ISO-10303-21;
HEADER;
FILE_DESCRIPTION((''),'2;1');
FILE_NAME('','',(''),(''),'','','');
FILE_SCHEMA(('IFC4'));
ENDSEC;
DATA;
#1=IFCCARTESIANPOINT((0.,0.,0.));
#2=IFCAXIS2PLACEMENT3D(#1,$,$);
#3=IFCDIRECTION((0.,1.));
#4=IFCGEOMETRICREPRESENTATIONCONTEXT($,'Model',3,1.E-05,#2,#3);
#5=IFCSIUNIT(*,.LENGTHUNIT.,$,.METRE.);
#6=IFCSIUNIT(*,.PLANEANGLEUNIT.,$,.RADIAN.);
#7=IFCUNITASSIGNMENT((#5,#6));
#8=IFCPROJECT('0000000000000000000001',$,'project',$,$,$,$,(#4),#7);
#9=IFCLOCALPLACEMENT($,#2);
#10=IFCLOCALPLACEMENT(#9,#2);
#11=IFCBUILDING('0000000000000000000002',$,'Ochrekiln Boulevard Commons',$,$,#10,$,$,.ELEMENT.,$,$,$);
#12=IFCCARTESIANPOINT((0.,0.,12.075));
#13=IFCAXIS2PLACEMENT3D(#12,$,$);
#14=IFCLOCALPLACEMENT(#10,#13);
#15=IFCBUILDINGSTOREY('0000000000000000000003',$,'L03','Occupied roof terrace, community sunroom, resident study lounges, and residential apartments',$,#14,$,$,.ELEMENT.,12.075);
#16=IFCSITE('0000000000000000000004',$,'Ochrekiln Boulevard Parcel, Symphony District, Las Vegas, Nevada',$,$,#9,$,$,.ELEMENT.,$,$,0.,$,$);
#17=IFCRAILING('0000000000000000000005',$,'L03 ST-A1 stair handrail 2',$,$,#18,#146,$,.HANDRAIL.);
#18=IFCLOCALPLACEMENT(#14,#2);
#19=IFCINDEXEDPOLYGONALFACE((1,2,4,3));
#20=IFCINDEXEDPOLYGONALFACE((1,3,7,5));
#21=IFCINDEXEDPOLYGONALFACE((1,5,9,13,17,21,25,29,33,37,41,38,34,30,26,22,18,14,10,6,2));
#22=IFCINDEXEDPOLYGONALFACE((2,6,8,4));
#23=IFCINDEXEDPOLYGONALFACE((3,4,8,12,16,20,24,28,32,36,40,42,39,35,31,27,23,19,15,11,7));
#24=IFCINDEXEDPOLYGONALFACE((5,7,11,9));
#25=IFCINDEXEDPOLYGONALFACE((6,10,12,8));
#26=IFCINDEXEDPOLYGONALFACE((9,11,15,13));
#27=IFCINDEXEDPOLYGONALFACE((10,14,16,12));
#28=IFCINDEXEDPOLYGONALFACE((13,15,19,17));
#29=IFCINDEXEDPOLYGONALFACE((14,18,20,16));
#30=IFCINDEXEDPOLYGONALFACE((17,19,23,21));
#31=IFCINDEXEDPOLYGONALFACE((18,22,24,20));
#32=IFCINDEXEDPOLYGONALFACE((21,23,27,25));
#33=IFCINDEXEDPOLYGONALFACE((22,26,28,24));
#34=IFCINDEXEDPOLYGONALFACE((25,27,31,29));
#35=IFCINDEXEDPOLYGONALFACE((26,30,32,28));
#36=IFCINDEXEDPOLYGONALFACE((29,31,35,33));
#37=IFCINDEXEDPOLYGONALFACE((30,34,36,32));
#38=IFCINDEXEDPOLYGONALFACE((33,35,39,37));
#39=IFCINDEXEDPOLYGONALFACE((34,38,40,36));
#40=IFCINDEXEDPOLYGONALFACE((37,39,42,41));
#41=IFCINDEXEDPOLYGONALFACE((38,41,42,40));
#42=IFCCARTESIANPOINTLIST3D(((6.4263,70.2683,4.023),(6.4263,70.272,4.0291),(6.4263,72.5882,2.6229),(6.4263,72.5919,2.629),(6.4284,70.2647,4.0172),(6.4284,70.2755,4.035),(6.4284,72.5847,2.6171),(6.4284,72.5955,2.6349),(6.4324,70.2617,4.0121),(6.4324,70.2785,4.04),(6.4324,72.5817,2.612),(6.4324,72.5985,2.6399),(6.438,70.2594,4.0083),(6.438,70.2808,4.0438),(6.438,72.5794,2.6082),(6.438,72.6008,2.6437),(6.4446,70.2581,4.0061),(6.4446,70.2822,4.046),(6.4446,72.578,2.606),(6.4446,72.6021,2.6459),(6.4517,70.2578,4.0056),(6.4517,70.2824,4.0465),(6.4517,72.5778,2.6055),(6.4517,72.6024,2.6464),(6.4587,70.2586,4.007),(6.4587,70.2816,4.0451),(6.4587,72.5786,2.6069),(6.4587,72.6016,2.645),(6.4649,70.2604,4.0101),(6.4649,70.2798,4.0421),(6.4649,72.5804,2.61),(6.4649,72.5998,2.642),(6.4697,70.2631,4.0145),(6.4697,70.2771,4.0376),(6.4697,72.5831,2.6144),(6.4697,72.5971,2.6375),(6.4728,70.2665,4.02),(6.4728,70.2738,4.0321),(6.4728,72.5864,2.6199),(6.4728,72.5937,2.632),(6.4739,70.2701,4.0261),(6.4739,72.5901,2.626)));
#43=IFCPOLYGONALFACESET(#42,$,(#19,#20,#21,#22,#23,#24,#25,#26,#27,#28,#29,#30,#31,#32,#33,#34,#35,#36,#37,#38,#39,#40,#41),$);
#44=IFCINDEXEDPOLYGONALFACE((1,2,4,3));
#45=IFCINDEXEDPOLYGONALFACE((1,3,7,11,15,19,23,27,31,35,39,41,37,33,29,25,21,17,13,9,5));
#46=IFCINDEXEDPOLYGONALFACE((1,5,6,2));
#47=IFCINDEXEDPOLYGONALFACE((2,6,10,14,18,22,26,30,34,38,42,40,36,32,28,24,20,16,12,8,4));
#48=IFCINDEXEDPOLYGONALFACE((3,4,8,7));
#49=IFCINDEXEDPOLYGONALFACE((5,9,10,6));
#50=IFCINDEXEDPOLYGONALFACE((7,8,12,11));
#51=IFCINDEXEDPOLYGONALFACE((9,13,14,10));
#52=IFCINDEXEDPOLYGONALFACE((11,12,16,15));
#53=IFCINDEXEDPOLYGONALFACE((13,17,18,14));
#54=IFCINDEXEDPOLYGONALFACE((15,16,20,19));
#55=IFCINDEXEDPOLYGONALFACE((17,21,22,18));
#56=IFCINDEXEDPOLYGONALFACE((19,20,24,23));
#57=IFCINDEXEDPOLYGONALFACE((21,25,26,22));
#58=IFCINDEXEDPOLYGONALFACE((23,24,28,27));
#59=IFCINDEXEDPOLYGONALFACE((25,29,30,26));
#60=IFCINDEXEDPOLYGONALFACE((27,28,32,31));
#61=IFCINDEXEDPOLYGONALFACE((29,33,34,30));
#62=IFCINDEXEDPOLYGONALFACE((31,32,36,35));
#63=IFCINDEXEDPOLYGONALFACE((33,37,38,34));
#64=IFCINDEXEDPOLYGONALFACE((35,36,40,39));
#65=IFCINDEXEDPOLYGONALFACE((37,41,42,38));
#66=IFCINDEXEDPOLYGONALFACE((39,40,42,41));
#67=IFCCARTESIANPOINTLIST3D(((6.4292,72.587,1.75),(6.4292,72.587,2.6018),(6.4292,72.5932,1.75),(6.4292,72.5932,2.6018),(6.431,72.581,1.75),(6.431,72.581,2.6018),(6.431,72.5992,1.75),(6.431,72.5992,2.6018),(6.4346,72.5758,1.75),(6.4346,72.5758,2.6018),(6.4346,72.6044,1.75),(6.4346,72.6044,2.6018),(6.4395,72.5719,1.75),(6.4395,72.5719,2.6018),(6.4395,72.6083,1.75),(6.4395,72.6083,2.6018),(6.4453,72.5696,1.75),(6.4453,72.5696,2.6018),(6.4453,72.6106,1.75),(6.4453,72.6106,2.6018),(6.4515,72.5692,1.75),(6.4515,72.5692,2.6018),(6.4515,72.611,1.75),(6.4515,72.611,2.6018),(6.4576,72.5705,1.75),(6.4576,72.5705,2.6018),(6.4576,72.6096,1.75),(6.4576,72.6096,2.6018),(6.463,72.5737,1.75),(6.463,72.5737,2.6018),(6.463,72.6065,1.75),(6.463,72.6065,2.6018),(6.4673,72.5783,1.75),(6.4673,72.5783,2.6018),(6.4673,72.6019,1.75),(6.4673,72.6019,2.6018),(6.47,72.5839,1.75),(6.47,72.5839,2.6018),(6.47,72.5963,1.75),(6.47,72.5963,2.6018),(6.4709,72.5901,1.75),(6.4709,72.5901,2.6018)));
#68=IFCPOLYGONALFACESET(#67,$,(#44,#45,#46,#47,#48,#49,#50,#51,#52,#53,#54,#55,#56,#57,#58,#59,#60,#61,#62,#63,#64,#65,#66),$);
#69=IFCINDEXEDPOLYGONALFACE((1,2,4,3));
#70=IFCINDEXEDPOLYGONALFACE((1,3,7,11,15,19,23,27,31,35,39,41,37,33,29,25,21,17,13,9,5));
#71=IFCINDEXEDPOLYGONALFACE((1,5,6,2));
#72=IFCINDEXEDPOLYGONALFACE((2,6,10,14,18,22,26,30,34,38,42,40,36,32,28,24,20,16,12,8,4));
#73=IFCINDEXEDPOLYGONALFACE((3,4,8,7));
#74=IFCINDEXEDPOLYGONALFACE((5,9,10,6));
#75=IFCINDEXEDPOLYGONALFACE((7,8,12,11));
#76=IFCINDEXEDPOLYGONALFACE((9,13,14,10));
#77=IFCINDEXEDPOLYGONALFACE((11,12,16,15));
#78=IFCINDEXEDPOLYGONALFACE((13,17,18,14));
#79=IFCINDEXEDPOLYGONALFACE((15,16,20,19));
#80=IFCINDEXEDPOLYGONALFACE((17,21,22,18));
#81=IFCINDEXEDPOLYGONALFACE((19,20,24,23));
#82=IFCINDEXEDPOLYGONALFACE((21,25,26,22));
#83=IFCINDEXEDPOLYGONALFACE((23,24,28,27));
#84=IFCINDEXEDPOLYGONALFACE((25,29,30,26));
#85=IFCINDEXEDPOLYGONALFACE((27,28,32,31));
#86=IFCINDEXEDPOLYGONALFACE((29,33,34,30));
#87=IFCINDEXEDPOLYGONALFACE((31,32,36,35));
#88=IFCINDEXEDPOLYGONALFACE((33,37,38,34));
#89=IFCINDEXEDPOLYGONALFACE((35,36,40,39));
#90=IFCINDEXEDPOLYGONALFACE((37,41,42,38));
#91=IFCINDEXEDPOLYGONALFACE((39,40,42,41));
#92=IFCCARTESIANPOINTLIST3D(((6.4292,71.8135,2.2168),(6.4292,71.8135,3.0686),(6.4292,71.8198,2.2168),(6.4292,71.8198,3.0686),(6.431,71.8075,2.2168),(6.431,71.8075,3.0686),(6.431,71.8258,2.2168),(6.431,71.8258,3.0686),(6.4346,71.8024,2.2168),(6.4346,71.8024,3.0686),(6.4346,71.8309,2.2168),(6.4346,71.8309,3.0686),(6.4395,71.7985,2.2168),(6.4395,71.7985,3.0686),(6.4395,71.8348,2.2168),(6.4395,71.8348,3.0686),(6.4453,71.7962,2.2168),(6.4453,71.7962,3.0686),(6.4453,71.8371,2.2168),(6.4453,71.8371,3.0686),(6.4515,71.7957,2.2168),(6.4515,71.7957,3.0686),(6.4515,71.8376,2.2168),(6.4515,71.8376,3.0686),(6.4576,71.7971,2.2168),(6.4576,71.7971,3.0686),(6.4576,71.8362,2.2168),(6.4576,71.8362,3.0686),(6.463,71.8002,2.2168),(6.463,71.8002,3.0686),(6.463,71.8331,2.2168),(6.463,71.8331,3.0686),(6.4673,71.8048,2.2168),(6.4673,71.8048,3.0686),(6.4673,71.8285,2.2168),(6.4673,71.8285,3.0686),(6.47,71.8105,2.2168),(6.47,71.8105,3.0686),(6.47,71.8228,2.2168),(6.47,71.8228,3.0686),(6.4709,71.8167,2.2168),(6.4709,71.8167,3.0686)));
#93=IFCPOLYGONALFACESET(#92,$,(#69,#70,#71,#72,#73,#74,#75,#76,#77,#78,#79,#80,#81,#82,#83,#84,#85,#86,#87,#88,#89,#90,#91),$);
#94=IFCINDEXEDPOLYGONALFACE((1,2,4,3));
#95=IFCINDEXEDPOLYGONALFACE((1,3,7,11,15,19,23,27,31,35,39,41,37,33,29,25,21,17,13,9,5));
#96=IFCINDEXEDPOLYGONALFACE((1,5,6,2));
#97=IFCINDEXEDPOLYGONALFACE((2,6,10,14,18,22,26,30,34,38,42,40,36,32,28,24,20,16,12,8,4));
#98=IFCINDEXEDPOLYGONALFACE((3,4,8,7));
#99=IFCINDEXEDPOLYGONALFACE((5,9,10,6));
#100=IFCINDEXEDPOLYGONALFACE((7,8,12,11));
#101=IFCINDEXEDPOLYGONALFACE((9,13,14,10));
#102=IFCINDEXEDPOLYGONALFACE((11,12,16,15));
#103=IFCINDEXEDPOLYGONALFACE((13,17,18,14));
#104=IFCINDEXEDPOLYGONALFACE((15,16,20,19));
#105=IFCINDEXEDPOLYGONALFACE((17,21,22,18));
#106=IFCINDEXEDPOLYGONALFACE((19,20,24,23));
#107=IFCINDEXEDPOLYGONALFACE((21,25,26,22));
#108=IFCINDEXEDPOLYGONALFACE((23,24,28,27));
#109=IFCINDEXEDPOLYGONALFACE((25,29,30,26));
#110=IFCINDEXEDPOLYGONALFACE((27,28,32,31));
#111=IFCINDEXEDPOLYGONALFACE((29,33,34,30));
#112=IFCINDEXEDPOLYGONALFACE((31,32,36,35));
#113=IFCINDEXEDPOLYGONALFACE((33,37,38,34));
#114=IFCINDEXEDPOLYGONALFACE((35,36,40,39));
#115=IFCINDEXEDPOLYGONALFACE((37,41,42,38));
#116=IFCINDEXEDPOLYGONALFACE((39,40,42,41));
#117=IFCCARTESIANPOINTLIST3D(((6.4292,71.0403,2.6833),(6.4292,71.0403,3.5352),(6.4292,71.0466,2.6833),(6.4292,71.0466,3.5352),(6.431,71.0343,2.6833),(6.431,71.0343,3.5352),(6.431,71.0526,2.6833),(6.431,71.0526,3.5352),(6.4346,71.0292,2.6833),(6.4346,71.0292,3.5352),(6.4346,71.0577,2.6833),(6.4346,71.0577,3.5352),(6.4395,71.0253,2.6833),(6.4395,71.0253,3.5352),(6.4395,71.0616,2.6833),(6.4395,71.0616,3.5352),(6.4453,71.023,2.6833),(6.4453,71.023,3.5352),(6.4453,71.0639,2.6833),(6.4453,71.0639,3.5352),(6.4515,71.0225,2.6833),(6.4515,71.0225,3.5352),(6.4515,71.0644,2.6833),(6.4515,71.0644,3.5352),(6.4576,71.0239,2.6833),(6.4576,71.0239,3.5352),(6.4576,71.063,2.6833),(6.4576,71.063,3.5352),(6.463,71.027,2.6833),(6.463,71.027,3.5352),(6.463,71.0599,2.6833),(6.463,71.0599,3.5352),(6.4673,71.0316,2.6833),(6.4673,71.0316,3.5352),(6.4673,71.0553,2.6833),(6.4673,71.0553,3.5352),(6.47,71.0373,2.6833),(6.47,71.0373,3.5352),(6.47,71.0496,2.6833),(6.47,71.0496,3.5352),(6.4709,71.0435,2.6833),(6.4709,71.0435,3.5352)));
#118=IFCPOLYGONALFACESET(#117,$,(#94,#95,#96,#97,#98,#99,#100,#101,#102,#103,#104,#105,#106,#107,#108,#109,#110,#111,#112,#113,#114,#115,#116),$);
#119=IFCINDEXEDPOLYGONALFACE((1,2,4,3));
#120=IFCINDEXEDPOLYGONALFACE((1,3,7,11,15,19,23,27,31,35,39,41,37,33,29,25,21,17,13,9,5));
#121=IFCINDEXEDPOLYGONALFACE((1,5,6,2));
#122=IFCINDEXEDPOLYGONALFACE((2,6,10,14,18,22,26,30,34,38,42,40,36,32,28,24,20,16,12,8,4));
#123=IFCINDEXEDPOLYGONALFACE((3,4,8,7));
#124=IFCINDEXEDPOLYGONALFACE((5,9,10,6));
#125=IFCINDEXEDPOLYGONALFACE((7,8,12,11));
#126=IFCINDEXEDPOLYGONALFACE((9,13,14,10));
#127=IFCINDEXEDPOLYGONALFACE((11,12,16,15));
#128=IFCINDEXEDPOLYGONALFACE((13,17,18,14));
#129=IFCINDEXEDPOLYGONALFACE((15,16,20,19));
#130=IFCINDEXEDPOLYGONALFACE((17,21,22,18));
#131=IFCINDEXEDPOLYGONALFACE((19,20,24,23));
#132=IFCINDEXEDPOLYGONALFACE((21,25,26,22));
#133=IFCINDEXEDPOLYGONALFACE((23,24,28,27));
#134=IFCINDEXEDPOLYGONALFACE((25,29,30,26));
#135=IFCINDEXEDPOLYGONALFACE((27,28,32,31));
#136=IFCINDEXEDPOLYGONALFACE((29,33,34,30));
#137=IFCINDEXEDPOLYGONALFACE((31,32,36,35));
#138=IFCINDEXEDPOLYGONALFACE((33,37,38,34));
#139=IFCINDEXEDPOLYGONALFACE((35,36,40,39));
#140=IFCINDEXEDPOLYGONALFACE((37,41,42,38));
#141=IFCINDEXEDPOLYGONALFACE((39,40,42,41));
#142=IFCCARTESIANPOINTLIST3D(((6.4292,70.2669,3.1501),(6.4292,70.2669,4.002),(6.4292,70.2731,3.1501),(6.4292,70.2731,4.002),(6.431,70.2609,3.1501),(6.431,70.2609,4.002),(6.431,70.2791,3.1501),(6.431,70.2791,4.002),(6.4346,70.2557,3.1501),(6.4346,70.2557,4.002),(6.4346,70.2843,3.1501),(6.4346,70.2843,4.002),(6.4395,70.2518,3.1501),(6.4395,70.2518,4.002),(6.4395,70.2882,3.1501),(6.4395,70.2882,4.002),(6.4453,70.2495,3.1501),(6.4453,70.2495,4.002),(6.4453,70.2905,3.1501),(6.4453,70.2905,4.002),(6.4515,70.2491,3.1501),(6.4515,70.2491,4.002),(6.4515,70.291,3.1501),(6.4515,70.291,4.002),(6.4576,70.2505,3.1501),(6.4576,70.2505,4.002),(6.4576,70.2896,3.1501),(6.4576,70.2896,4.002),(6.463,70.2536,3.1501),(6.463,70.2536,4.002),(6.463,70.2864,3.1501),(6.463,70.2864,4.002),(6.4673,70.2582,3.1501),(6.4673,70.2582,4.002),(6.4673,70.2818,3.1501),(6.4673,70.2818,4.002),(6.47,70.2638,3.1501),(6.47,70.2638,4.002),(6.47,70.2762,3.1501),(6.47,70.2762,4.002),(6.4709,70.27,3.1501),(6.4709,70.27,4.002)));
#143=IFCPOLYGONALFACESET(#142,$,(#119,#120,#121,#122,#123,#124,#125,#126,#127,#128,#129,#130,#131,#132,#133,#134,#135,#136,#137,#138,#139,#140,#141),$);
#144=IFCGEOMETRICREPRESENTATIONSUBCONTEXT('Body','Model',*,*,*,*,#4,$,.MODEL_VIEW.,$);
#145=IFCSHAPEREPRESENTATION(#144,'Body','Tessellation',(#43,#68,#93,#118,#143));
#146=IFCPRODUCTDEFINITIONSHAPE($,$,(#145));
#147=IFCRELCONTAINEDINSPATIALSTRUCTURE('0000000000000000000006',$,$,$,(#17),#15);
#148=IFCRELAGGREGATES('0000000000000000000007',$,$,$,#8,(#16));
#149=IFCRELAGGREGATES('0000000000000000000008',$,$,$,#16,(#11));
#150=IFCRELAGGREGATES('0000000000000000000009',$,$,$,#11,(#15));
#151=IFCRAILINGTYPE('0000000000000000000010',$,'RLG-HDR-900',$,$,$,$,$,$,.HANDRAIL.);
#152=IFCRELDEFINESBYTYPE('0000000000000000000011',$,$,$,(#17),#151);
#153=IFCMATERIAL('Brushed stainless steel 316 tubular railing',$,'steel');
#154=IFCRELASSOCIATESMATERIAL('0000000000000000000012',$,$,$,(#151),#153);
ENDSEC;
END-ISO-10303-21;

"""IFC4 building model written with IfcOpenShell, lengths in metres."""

from ifc_helpers import new_model, si_unit, direction, frame, origin, origin_2d, place, context, subcontext, project, spatial, circle, extrude, material, type_object, element, save


model = new_model("IFC4")

# Units and contexts
model_context = context("Model", 3, precision=1e-05, world=origin(), true_north=direction((0.0, 1.0)))
body_context = subcontext(model_context, "Body", "Model", "MODEL_VIEW")
ifc_project = project(units=[si_unit("LENGTHUNIT", "METRE"), si_unit("PLANEANGLEUNIT", "RADIAN")], contexts=[model_context])

# Site, building, storey
site_placement = place(None, origin())
site = spatial("IfcSite", under=ifc_project, at=site_placement, Name="Ochrekiln Boulevard Parcel, Symphony District, Las Vegas, Nevada", CompositionType="ELEMENT", RefElevation=0.0)
building_placement = place(site_placement, origin())
building = spatial("IfcBuilding", under=site, at=building_placement, Name="Ochrekiln Boulevard Commons", CompositionType="ELEMENT")
storey_placement = place(building_placement, frame((0.0, 0.0, 12.075)))
storey = spatial("IfcBuildingStorey", under=building, at=storey_placement, Name="L03", Description="Occupied roof terrace, community sunroom, resident study lounges, and residential apartments", CompositionType="ELEMENT", Elevation=12.075)

# Railing
ifc_material_1 = material(Name="Brushed stainless steel 316 tubular railing", Category="steel")
railing_type_1 = type_object("IfcRailingType", Name="RLG-HDR-900", PredefinedType="HANDRAIL", material=ifc_material_1)
railing_1_placement = place(storey_placement, frame((6.45, 72.5901, 1.75)))
element("IfcRailing", 1, at=railing_1_placement, inside=storey, type_object=railing_type_1, Name="L03 ST-A1 stair handrail 2", PredefinedType="HANDRAIL", context=body_context, shape_type="SweptSolid", body=[
    extrude(circle(Radius=0.0239, at=origin_2d()), frame((0.0, 0.0, 0.876), z_axis=(0.0, -0.85617, 0.516693), x_axis=(1.0, 0.0, 0.0)), (0.0, 0.0, 1.0), 2.7097),
    extrude(circle(Radius=0.021, at=origin_2d()), origin(), (0.0, 0.0, 1.0), 0.8518),
    extrude(circle(Radius=0.021, at=origin_2d()), frame((0.0, -0.7734, 0.4668)), (0.0, 0.0, 1.0), 0.8518),
    extrude(circle(Radius=0.021, at=origin_2d()), frame((0.0, -1.5466, 0.9333)), (0.0, 0.0, 1.0), 0.8518),
    extrude(circle(Radius=0.021, at=origin_2d()), frame((0.0, -2.3201, 1.4001)), (0.0, 0.0, 1.0), 0.8518),
])

save(model, "model.ifc")
